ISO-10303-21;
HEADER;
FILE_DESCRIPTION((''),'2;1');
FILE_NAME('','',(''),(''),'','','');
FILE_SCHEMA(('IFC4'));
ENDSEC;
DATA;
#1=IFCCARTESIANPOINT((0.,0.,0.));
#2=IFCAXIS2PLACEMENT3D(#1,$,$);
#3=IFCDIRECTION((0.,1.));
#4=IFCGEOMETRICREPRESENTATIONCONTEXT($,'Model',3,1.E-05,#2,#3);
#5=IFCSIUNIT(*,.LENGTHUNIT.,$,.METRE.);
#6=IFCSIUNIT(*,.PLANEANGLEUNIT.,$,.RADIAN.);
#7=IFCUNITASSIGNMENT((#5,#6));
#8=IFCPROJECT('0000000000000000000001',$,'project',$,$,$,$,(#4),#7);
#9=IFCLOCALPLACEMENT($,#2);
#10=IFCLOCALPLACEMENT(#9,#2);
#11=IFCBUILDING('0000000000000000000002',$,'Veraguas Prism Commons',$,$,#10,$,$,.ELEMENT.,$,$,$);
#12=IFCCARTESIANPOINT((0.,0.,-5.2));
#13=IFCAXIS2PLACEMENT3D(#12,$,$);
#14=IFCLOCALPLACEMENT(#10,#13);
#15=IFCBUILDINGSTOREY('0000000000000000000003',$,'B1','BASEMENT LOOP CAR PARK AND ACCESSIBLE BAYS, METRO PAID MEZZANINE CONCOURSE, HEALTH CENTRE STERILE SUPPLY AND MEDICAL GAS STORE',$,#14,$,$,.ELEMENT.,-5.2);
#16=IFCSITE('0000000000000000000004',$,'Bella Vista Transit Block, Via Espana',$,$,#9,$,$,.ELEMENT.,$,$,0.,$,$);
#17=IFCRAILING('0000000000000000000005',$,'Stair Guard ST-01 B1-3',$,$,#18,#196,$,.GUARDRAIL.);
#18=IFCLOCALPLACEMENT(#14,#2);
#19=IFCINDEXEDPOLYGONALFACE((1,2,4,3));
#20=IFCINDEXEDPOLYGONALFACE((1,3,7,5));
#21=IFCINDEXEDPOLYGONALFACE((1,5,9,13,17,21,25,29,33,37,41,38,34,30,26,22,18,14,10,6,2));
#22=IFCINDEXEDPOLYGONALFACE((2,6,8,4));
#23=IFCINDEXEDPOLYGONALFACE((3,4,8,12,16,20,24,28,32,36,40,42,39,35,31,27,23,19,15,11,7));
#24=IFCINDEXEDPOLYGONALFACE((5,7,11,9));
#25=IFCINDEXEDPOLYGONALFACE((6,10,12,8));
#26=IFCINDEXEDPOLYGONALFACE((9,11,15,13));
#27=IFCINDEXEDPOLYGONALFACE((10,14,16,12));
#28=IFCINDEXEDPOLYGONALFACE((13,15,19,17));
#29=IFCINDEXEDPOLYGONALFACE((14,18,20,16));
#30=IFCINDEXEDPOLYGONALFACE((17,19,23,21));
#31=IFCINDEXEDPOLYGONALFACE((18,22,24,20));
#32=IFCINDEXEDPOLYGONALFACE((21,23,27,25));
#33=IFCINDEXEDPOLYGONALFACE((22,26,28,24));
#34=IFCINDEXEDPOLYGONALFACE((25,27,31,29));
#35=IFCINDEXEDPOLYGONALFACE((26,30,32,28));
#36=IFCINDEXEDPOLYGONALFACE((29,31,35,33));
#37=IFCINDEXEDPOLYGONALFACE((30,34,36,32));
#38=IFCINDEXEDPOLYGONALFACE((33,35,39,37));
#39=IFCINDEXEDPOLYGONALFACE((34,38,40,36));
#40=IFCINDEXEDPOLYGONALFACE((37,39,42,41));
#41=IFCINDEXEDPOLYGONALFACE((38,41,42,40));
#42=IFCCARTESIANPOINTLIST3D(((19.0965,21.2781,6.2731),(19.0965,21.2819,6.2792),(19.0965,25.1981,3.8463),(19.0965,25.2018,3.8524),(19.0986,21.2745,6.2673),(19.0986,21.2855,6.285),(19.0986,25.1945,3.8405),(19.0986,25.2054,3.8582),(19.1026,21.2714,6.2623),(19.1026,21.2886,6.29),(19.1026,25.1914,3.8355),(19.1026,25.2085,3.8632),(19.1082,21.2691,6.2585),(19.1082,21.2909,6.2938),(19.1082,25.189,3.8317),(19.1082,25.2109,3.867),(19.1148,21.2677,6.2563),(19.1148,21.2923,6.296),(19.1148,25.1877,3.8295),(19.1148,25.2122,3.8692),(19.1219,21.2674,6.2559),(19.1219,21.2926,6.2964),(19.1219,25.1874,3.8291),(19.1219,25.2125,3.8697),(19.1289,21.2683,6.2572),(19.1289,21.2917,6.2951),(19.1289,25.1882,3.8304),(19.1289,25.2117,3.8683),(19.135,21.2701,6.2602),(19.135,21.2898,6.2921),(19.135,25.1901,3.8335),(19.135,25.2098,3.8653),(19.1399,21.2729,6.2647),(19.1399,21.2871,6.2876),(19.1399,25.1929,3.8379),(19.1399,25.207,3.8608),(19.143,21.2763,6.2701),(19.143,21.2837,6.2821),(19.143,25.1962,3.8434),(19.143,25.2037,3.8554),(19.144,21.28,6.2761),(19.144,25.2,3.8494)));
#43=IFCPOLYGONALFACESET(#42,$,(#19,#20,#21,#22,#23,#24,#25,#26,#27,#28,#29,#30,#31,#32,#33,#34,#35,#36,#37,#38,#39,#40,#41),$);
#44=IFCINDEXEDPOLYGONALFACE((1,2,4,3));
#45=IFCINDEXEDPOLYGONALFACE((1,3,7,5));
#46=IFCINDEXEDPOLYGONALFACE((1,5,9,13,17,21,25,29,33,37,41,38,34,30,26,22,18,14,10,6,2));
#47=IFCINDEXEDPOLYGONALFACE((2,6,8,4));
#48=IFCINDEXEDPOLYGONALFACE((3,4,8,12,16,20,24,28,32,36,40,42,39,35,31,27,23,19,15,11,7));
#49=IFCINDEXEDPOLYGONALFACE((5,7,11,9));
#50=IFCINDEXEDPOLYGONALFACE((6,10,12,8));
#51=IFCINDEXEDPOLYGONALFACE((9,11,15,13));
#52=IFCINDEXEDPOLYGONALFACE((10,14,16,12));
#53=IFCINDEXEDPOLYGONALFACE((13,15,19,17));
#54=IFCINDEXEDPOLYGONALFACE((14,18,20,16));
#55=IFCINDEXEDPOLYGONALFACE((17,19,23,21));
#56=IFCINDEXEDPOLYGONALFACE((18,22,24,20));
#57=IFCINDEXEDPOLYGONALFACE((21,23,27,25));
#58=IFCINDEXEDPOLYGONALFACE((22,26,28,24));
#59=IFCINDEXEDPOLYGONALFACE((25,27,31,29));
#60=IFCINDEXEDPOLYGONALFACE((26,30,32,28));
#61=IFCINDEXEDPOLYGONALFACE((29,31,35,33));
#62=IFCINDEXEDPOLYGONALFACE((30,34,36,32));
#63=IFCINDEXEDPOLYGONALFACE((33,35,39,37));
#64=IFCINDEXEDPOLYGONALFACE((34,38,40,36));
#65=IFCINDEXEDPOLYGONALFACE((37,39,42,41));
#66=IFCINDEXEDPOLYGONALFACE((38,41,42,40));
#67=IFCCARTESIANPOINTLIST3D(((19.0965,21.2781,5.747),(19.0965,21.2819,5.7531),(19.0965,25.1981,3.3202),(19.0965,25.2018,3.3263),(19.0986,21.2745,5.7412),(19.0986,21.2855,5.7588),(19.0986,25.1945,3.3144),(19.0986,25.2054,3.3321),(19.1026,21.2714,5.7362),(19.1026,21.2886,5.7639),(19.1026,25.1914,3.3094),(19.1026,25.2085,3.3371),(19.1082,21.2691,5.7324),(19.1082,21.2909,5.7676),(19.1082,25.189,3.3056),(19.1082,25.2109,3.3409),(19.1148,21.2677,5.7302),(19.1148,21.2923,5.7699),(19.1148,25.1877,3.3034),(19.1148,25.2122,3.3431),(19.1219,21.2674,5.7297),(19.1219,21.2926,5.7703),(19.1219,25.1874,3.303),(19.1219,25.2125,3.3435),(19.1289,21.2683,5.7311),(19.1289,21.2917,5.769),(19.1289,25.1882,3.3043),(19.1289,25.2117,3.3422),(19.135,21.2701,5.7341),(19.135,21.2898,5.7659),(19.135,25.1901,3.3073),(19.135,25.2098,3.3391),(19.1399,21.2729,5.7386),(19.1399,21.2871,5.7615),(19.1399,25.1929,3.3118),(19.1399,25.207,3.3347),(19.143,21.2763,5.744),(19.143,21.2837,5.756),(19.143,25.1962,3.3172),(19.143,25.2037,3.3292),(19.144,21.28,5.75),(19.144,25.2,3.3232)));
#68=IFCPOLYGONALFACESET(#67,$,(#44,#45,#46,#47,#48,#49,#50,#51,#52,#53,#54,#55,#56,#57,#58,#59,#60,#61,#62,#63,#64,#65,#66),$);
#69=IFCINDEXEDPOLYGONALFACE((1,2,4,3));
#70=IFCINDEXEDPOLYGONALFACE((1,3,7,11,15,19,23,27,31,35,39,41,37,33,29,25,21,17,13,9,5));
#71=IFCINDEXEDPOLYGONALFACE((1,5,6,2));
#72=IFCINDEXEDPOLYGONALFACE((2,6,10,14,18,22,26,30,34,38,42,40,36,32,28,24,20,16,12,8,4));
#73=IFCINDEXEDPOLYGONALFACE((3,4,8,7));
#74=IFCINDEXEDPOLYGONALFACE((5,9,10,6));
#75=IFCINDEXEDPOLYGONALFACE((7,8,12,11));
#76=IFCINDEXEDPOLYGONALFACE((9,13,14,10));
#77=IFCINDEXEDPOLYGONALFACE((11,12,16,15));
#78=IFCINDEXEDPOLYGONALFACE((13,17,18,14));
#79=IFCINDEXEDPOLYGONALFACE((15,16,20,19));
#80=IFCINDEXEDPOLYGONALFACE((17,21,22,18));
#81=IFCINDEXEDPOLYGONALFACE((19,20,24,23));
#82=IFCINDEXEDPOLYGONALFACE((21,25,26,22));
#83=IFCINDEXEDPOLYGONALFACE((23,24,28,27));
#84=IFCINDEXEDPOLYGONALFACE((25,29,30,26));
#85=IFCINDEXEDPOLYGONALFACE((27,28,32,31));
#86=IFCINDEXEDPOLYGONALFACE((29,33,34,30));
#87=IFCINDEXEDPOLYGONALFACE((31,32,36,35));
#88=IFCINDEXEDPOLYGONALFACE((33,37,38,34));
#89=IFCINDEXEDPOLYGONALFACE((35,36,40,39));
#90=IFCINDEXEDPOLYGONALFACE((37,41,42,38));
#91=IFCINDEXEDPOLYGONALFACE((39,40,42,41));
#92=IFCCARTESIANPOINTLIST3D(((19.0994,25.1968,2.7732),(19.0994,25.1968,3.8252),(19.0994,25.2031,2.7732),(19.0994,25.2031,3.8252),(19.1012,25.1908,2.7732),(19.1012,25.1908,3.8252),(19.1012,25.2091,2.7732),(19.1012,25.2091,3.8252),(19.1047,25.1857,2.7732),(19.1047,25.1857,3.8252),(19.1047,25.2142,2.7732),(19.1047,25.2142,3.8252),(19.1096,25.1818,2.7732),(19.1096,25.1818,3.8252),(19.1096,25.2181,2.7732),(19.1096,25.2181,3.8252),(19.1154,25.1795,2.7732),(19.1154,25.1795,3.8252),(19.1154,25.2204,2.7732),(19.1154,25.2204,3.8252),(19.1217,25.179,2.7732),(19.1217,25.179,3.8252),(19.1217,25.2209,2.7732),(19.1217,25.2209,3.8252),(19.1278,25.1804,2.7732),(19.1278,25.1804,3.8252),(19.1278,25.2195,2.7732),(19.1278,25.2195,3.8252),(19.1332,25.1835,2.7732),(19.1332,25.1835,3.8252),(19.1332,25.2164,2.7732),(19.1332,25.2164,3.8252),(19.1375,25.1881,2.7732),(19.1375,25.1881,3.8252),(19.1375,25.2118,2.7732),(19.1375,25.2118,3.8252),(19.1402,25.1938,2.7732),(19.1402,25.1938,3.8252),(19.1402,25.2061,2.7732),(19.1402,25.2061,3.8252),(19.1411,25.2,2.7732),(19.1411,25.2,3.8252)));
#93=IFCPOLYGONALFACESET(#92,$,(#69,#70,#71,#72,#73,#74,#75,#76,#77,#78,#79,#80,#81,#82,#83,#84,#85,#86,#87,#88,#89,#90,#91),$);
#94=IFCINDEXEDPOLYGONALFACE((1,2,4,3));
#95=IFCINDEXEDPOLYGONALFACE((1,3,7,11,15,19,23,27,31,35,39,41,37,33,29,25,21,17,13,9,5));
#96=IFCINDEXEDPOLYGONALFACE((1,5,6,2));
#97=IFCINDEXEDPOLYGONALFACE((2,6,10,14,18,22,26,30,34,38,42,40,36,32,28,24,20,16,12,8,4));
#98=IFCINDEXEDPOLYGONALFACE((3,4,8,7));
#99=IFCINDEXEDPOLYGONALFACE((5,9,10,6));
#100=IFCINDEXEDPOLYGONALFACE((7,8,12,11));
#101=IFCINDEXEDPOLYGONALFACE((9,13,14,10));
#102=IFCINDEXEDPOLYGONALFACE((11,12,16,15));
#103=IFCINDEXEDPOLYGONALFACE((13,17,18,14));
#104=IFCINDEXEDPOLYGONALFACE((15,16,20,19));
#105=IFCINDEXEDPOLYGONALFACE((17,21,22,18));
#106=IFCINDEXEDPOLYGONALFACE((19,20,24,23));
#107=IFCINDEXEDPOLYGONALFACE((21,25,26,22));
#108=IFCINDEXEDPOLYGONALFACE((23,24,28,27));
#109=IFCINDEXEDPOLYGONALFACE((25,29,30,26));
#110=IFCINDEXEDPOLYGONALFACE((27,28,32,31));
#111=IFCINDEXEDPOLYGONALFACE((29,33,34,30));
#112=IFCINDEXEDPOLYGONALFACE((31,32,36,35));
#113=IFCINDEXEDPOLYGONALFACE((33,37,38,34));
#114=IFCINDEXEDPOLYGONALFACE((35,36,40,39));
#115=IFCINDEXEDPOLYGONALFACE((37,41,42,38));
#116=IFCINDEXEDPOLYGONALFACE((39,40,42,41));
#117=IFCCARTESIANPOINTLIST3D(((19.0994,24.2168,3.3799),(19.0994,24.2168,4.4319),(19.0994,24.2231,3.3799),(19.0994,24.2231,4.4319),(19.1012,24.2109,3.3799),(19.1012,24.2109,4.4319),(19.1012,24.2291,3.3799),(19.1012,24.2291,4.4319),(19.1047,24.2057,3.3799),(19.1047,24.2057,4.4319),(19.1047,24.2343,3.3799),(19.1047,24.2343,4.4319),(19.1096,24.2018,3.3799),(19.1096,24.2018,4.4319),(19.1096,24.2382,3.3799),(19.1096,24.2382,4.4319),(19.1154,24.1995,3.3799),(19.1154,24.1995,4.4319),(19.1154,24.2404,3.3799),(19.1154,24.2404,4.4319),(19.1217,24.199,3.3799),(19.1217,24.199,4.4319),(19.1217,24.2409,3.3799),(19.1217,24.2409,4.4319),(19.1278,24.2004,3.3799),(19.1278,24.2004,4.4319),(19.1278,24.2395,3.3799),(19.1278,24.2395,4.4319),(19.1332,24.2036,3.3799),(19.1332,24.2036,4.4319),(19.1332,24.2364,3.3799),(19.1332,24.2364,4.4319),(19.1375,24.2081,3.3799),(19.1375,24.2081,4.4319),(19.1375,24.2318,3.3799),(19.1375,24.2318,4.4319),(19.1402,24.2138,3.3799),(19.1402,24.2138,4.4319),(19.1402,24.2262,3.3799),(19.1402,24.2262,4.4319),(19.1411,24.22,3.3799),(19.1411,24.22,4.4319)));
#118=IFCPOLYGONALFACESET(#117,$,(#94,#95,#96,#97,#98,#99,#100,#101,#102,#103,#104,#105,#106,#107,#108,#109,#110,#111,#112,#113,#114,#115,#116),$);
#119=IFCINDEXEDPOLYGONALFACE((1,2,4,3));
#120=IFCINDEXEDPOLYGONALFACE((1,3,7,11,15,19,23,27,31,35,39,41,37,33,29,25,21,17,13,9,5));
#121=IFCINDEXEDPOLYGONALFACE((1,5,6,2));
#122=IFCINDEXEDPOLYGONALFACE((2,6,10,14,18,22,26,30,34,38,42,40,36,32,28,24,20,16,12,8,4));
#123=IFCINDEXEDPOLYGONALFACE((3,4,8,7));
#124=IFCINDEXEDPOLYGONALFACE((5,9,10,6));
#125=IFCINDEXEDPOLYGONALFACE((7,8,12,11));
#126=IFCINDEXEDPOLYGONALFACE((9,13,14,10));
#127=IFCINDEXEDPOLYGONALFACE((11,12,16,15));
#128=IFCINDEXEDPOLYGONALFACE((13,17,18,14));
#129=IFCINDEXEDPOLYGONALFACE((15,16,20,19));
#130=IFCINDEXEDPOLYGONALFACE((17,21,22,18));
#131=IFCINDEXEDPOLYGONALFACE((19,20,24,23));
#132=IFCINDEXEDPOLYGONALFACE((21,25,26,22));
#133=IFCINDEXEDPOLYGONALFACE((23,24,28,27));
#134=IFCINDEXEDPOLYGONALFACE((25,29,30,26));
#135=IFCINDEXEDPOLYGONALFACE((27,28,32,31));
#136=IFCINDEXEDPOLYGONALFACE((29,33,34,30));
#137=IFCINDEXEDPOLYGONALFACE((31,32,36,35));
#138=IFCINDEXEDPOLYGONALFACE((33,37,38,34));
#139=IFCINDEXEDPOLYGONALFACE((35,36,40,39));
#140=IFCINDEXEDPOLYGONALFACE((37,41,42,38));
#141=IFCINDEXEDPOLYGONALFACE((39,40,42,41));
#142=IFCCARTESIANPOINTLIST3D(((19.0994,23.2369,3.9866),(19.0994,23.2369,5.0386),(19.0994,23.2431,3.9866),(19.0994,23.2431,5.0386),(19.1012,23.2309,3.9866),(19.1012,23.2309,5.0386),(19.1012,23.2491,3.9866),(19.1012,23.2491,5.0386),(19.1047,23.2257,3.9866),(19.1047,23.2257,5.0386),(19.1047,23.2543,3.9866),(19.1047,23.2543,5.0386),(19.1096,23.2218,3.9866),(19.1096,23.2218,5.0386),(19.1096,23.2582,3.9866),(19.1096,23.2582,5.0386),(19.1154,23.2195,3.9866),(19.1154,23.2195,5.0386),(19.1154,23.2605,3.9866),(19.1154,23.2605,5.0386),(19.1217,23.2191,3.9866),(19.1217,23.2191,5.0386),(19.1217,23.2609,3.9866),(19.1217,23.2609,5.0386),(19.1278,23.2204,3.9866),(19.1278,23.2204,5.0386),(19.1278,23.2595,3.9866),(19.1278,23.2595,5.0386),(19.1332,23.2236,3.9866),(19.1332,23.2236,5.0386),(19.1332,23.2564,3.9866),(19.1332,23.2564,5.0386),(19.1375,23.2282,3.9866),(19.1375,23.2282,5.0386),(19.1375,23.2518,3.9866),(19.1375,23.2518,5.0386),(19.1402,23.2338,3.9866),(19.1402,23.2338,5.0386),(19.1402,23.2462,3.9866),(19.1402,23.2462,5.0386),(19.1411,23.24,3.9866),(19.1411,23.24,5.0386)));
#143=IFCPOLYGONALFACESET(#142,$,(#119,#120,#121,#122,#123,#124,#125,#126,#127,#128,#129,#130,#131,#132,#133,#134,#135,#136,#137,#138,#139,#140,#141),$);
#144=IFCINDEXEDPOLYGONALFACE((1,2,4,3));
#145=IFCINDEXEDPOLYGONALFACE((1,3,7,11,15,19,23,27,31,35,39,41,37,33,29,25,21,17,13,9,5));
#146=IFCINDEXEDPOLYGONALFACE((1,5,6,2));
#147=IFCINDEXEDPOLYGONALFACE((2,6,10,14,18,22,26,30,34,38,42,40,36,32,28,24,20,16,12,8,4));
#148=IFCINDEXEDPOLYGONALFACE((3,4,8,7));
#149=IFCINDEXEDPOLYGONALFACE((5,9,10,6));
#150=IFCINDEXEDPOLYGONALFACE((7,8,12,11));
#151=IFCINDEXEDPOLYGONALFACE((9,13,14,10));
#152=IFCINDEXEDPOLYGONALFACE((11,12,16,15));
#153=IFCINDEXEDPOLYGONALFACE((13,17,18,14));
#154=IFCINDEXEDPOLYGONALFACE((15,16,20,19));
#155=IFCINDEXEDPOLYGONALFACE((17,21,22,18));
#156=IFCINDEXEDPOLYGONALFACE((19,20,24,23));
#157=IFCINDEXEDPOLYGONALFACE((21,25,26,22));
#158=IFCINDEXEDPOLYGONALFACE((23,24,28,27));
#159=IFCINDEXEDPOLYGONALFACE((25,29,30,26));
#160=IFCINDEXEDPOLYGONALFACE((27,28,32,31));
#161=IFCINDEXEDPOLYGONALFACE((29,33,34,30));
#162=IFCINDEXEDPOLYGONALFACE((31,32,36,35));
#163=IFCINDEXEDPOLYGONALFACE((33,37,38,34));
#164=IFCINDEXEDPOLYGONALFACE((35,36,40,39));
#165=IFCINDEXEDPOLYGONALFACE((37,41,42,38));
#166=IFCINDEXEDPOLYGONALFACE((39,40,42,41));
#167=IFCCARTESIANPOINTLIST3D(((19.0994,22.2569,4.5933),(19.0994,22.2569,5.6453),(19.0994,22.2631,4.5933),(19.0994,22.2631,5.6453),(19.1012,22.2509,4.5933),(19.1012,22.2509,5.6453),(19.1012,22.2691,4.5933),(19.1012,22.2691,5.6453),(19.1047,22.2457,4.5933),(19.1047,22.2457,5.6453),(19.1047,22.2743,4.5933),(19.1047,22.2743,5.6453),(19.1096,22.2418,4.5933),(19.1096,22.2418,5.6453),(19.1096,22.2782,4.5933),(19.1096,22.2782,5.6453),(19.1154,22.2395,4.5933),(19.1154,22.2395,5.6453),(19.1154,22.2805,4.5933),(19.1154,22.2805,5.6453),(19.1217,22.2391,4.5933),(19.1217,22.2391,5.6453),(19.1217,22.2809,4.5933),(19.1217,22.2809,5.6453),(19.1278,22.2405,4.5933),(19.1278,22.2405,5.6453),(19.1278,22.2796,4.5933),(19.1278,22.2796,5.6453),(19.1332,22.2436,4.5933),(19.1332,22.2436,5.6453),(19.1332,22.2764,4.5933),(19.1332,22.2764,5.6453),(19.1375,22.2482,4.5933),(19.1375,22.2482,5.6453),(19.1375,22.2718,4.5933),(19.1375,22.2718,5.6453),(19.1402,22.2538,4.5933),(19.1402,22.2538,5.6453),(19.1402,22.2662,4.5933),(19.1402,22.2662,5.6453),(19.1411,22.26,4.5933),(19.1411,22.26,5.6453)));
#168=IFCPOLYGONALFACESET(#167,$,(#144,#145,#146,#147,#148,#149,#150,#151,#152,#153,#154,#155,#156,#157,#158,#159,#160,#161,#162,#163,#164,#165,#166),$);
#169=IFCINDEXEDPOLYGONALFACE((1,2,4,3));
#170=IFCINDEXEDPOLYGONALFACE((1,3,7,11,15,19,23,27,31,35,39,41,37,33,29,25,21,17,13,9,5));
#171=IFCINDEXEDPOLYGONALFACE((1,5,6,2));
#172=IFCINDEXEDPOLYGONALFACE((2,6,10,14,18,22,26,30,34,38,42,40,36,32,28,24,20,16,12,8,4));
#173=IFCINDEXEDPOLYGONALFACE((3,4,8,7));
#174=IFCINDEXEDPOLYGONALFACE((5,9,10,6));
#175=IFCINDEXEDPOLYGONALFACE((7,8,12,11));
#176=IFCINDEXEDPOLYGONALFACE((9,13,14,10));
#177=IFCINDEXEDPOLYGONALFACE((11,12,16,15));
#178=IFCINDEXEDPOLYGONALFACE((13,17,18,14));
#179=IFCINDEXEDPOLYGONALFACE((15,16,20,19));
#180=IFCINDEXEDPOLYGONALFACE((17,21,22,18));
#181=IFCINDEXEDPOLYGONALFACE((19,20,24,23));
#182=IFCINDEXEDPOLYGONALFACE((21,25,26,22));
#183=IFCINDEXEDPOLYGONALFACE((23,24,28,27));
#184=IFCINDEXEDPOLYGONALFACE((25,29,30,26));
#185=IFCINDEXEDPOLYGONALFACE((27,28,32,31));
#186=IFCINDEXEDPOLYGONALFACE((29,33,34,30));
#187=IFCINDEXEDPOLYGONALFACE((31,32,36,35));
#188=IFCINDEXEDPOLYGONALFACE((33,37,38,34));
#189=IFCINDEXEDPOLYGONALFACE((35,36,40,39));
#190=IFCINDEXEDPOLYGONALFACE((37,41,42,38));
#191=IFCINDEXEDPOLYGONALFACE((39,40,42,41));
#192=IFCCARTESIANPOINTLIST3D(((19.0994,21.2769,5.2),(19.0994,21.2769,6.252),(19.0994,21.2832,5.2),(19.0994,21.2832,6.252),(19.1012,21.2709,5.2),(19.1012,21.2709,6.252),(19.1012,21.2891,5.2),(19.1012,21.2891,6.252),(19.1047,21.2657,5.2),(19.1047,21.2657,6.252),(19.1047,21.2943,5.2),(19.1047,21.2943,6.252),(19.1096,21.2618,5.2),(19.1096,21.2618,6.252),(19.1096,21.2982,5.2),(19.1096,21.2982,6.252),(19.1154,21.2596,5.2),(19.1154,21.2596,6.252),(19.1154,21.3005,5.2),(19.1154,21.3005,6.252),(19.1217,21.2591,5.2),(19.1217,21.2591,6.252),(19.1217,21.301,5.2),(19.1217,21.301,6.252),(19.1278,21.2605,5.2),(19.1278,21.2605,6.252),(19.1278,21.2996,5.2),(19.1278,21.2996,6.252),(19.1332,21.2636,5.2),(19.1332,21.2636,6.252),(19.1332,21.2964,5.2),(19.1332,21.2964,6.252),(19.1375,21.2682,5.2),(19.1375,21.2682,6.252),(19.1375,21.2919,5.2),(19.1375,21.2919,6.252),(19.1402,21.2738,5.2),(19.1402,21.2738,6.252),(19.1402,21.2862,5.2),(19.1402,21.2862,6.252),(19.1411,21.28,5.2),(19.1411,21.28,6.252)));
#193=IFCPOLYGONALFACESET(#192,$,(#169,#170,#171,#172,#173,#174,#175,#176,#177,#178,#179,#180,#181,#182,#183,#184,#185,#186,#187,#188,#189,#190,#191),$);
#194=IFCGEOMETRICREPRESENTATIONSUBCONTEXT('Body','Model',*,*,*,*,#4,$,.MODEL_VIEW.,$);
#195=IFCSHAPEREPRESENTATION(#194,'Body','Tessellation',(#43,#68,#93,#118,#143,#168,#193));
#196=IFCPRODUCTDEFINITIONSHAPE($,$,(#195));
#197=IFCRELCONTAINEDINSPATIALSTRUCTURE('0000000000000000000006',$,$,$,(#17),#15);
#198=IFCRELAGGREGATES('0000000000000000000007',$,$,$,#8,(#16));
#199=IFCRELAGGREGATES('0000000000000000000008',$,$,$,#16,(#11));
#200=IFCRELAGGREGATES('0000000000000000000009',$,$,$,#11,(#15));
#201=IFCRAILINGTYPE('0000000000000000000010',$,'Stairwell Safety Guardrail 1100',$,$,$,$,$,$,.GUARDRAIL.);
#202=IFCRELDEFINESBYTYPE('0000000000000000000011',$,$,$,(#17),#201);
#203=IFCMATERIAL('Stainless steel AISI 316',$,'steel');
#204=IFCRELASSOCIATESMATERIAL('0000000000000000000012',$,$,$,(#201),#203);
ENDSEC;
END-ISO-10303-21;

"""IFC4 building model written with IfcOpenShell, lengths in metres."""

from ifc_helpers import new_model, si_unit, direction, frame, origin, origin_2d, place, context, subcontext, project, spatial, circle, extrude, material, type_object, element, save


model = new_model("IFC4")

# Units and contexts
model_context = context("Model", 3, precision=1e-05, world=origin(), true_north=direction((0.0, 1.0)))
body_context = subcontext(model_context, "Body", "Model", "MODEL_VIEW")
ifc_project = project(units=[si_unit("LENGTHUNIT", "METRE"), si_unit("PLANEANGLEUNIT", "RADIAN")], contexts=[model_context])

# Site, building, storey
site_placement = place(None, origin())
site = spatial("IfcSite", under=ifc_project, at=site_placement, Name="Bella Vista Transit Block, Via Espana", CompositionType="ELEMENT", RefElevation=0.0)
building_placement = place(site_placement, origin())
building = spatial("IfcBuilding", under=site, at=building_placement, Name="Veraguas Prism Commons", CompositionType="ELEMENT")
storey_placement = place(building_placement, frame((0.0, 0.0, -5.2)))
storey = spatial("IfcBuildingStorey", under=building, at=storey_placement, Name="B1", Description="BASEMENT LOOP CAR PARK AND ACCESSIBLE BAYS, METRO PAID MEZZANINE CONCOURSE, HEALTH CENTRE STERILE SUPPLY AND MEDICAL GAS STORE", CompositionType="ELEMENT", Elevation=-5.2)

# Railing
ifc_material_1 = material(Name="Stainless steel AISI 316", Category="steel")
railing_type_1 = type_object("IfcRailingType", Name="Stairwell Safety Guardrail 1100", PredefinedType="GUARDRAIL", material=ifc_material_1)
railing_1_placement = place(storey_placement, frame((19.1201, 25.2, 2.7732)))
element("IfcRailing", 1, at=railing_1_placement, inside=storey, type_object=railing_type_1, Name="Stair Guard ST-01 B1-3", PredefinedType="GUARDRAIL", context=body_context, shape_type="SweptSolid", body=[
    extrude(circle(Radius=0.0239, at=origin_2d()), frame((0.0, 0.0, 1.0762), z_axis=(0.0, -0.850252, 0.526376), x_axis=(1.0, 0.0, 0.0)), (0.0, 0.0, 1.0), 4.6104),
    extrude(circle(Radius=0.0239, at=origin_2d()), frame((0.0, 0.0, 0.55), z_axis=(0.0, -0.850252, 0.526376), x_axis=(1.0, 0.0, 0.0)), (0.0, 0.0, 1.0), 4.6104),
    extrude(circle(Radius=0.021, at=origin_2d()), origin(), (0.0, 0.0, 1.0), 1.052),
    extrude(circle(Radius=0.021, at=origin_2d()), frame((0.0, -0.98, 0.6067)), (0.0, 0.0, 1.0), 1.052),
    extrude(circle(Radius=0.021, at=origin_2d()), frame((0.0, -1.96, 1.2134)), (0.0, 0.0, 1.0), 1.052),
    extrude(circle(Radius=0.021, at=origin_2d()), frame((0.0, -2.9399, 1.8201)), (0.0, 0.0, 1.0), 1.052),
    extrude(circle(Radius=0.021, at=origin_2d()), frame((0.0, -3.9199, 2.4268)), (0.0, 0.0, 1.0), 1.052),
])

save(model, "model.ifc")
